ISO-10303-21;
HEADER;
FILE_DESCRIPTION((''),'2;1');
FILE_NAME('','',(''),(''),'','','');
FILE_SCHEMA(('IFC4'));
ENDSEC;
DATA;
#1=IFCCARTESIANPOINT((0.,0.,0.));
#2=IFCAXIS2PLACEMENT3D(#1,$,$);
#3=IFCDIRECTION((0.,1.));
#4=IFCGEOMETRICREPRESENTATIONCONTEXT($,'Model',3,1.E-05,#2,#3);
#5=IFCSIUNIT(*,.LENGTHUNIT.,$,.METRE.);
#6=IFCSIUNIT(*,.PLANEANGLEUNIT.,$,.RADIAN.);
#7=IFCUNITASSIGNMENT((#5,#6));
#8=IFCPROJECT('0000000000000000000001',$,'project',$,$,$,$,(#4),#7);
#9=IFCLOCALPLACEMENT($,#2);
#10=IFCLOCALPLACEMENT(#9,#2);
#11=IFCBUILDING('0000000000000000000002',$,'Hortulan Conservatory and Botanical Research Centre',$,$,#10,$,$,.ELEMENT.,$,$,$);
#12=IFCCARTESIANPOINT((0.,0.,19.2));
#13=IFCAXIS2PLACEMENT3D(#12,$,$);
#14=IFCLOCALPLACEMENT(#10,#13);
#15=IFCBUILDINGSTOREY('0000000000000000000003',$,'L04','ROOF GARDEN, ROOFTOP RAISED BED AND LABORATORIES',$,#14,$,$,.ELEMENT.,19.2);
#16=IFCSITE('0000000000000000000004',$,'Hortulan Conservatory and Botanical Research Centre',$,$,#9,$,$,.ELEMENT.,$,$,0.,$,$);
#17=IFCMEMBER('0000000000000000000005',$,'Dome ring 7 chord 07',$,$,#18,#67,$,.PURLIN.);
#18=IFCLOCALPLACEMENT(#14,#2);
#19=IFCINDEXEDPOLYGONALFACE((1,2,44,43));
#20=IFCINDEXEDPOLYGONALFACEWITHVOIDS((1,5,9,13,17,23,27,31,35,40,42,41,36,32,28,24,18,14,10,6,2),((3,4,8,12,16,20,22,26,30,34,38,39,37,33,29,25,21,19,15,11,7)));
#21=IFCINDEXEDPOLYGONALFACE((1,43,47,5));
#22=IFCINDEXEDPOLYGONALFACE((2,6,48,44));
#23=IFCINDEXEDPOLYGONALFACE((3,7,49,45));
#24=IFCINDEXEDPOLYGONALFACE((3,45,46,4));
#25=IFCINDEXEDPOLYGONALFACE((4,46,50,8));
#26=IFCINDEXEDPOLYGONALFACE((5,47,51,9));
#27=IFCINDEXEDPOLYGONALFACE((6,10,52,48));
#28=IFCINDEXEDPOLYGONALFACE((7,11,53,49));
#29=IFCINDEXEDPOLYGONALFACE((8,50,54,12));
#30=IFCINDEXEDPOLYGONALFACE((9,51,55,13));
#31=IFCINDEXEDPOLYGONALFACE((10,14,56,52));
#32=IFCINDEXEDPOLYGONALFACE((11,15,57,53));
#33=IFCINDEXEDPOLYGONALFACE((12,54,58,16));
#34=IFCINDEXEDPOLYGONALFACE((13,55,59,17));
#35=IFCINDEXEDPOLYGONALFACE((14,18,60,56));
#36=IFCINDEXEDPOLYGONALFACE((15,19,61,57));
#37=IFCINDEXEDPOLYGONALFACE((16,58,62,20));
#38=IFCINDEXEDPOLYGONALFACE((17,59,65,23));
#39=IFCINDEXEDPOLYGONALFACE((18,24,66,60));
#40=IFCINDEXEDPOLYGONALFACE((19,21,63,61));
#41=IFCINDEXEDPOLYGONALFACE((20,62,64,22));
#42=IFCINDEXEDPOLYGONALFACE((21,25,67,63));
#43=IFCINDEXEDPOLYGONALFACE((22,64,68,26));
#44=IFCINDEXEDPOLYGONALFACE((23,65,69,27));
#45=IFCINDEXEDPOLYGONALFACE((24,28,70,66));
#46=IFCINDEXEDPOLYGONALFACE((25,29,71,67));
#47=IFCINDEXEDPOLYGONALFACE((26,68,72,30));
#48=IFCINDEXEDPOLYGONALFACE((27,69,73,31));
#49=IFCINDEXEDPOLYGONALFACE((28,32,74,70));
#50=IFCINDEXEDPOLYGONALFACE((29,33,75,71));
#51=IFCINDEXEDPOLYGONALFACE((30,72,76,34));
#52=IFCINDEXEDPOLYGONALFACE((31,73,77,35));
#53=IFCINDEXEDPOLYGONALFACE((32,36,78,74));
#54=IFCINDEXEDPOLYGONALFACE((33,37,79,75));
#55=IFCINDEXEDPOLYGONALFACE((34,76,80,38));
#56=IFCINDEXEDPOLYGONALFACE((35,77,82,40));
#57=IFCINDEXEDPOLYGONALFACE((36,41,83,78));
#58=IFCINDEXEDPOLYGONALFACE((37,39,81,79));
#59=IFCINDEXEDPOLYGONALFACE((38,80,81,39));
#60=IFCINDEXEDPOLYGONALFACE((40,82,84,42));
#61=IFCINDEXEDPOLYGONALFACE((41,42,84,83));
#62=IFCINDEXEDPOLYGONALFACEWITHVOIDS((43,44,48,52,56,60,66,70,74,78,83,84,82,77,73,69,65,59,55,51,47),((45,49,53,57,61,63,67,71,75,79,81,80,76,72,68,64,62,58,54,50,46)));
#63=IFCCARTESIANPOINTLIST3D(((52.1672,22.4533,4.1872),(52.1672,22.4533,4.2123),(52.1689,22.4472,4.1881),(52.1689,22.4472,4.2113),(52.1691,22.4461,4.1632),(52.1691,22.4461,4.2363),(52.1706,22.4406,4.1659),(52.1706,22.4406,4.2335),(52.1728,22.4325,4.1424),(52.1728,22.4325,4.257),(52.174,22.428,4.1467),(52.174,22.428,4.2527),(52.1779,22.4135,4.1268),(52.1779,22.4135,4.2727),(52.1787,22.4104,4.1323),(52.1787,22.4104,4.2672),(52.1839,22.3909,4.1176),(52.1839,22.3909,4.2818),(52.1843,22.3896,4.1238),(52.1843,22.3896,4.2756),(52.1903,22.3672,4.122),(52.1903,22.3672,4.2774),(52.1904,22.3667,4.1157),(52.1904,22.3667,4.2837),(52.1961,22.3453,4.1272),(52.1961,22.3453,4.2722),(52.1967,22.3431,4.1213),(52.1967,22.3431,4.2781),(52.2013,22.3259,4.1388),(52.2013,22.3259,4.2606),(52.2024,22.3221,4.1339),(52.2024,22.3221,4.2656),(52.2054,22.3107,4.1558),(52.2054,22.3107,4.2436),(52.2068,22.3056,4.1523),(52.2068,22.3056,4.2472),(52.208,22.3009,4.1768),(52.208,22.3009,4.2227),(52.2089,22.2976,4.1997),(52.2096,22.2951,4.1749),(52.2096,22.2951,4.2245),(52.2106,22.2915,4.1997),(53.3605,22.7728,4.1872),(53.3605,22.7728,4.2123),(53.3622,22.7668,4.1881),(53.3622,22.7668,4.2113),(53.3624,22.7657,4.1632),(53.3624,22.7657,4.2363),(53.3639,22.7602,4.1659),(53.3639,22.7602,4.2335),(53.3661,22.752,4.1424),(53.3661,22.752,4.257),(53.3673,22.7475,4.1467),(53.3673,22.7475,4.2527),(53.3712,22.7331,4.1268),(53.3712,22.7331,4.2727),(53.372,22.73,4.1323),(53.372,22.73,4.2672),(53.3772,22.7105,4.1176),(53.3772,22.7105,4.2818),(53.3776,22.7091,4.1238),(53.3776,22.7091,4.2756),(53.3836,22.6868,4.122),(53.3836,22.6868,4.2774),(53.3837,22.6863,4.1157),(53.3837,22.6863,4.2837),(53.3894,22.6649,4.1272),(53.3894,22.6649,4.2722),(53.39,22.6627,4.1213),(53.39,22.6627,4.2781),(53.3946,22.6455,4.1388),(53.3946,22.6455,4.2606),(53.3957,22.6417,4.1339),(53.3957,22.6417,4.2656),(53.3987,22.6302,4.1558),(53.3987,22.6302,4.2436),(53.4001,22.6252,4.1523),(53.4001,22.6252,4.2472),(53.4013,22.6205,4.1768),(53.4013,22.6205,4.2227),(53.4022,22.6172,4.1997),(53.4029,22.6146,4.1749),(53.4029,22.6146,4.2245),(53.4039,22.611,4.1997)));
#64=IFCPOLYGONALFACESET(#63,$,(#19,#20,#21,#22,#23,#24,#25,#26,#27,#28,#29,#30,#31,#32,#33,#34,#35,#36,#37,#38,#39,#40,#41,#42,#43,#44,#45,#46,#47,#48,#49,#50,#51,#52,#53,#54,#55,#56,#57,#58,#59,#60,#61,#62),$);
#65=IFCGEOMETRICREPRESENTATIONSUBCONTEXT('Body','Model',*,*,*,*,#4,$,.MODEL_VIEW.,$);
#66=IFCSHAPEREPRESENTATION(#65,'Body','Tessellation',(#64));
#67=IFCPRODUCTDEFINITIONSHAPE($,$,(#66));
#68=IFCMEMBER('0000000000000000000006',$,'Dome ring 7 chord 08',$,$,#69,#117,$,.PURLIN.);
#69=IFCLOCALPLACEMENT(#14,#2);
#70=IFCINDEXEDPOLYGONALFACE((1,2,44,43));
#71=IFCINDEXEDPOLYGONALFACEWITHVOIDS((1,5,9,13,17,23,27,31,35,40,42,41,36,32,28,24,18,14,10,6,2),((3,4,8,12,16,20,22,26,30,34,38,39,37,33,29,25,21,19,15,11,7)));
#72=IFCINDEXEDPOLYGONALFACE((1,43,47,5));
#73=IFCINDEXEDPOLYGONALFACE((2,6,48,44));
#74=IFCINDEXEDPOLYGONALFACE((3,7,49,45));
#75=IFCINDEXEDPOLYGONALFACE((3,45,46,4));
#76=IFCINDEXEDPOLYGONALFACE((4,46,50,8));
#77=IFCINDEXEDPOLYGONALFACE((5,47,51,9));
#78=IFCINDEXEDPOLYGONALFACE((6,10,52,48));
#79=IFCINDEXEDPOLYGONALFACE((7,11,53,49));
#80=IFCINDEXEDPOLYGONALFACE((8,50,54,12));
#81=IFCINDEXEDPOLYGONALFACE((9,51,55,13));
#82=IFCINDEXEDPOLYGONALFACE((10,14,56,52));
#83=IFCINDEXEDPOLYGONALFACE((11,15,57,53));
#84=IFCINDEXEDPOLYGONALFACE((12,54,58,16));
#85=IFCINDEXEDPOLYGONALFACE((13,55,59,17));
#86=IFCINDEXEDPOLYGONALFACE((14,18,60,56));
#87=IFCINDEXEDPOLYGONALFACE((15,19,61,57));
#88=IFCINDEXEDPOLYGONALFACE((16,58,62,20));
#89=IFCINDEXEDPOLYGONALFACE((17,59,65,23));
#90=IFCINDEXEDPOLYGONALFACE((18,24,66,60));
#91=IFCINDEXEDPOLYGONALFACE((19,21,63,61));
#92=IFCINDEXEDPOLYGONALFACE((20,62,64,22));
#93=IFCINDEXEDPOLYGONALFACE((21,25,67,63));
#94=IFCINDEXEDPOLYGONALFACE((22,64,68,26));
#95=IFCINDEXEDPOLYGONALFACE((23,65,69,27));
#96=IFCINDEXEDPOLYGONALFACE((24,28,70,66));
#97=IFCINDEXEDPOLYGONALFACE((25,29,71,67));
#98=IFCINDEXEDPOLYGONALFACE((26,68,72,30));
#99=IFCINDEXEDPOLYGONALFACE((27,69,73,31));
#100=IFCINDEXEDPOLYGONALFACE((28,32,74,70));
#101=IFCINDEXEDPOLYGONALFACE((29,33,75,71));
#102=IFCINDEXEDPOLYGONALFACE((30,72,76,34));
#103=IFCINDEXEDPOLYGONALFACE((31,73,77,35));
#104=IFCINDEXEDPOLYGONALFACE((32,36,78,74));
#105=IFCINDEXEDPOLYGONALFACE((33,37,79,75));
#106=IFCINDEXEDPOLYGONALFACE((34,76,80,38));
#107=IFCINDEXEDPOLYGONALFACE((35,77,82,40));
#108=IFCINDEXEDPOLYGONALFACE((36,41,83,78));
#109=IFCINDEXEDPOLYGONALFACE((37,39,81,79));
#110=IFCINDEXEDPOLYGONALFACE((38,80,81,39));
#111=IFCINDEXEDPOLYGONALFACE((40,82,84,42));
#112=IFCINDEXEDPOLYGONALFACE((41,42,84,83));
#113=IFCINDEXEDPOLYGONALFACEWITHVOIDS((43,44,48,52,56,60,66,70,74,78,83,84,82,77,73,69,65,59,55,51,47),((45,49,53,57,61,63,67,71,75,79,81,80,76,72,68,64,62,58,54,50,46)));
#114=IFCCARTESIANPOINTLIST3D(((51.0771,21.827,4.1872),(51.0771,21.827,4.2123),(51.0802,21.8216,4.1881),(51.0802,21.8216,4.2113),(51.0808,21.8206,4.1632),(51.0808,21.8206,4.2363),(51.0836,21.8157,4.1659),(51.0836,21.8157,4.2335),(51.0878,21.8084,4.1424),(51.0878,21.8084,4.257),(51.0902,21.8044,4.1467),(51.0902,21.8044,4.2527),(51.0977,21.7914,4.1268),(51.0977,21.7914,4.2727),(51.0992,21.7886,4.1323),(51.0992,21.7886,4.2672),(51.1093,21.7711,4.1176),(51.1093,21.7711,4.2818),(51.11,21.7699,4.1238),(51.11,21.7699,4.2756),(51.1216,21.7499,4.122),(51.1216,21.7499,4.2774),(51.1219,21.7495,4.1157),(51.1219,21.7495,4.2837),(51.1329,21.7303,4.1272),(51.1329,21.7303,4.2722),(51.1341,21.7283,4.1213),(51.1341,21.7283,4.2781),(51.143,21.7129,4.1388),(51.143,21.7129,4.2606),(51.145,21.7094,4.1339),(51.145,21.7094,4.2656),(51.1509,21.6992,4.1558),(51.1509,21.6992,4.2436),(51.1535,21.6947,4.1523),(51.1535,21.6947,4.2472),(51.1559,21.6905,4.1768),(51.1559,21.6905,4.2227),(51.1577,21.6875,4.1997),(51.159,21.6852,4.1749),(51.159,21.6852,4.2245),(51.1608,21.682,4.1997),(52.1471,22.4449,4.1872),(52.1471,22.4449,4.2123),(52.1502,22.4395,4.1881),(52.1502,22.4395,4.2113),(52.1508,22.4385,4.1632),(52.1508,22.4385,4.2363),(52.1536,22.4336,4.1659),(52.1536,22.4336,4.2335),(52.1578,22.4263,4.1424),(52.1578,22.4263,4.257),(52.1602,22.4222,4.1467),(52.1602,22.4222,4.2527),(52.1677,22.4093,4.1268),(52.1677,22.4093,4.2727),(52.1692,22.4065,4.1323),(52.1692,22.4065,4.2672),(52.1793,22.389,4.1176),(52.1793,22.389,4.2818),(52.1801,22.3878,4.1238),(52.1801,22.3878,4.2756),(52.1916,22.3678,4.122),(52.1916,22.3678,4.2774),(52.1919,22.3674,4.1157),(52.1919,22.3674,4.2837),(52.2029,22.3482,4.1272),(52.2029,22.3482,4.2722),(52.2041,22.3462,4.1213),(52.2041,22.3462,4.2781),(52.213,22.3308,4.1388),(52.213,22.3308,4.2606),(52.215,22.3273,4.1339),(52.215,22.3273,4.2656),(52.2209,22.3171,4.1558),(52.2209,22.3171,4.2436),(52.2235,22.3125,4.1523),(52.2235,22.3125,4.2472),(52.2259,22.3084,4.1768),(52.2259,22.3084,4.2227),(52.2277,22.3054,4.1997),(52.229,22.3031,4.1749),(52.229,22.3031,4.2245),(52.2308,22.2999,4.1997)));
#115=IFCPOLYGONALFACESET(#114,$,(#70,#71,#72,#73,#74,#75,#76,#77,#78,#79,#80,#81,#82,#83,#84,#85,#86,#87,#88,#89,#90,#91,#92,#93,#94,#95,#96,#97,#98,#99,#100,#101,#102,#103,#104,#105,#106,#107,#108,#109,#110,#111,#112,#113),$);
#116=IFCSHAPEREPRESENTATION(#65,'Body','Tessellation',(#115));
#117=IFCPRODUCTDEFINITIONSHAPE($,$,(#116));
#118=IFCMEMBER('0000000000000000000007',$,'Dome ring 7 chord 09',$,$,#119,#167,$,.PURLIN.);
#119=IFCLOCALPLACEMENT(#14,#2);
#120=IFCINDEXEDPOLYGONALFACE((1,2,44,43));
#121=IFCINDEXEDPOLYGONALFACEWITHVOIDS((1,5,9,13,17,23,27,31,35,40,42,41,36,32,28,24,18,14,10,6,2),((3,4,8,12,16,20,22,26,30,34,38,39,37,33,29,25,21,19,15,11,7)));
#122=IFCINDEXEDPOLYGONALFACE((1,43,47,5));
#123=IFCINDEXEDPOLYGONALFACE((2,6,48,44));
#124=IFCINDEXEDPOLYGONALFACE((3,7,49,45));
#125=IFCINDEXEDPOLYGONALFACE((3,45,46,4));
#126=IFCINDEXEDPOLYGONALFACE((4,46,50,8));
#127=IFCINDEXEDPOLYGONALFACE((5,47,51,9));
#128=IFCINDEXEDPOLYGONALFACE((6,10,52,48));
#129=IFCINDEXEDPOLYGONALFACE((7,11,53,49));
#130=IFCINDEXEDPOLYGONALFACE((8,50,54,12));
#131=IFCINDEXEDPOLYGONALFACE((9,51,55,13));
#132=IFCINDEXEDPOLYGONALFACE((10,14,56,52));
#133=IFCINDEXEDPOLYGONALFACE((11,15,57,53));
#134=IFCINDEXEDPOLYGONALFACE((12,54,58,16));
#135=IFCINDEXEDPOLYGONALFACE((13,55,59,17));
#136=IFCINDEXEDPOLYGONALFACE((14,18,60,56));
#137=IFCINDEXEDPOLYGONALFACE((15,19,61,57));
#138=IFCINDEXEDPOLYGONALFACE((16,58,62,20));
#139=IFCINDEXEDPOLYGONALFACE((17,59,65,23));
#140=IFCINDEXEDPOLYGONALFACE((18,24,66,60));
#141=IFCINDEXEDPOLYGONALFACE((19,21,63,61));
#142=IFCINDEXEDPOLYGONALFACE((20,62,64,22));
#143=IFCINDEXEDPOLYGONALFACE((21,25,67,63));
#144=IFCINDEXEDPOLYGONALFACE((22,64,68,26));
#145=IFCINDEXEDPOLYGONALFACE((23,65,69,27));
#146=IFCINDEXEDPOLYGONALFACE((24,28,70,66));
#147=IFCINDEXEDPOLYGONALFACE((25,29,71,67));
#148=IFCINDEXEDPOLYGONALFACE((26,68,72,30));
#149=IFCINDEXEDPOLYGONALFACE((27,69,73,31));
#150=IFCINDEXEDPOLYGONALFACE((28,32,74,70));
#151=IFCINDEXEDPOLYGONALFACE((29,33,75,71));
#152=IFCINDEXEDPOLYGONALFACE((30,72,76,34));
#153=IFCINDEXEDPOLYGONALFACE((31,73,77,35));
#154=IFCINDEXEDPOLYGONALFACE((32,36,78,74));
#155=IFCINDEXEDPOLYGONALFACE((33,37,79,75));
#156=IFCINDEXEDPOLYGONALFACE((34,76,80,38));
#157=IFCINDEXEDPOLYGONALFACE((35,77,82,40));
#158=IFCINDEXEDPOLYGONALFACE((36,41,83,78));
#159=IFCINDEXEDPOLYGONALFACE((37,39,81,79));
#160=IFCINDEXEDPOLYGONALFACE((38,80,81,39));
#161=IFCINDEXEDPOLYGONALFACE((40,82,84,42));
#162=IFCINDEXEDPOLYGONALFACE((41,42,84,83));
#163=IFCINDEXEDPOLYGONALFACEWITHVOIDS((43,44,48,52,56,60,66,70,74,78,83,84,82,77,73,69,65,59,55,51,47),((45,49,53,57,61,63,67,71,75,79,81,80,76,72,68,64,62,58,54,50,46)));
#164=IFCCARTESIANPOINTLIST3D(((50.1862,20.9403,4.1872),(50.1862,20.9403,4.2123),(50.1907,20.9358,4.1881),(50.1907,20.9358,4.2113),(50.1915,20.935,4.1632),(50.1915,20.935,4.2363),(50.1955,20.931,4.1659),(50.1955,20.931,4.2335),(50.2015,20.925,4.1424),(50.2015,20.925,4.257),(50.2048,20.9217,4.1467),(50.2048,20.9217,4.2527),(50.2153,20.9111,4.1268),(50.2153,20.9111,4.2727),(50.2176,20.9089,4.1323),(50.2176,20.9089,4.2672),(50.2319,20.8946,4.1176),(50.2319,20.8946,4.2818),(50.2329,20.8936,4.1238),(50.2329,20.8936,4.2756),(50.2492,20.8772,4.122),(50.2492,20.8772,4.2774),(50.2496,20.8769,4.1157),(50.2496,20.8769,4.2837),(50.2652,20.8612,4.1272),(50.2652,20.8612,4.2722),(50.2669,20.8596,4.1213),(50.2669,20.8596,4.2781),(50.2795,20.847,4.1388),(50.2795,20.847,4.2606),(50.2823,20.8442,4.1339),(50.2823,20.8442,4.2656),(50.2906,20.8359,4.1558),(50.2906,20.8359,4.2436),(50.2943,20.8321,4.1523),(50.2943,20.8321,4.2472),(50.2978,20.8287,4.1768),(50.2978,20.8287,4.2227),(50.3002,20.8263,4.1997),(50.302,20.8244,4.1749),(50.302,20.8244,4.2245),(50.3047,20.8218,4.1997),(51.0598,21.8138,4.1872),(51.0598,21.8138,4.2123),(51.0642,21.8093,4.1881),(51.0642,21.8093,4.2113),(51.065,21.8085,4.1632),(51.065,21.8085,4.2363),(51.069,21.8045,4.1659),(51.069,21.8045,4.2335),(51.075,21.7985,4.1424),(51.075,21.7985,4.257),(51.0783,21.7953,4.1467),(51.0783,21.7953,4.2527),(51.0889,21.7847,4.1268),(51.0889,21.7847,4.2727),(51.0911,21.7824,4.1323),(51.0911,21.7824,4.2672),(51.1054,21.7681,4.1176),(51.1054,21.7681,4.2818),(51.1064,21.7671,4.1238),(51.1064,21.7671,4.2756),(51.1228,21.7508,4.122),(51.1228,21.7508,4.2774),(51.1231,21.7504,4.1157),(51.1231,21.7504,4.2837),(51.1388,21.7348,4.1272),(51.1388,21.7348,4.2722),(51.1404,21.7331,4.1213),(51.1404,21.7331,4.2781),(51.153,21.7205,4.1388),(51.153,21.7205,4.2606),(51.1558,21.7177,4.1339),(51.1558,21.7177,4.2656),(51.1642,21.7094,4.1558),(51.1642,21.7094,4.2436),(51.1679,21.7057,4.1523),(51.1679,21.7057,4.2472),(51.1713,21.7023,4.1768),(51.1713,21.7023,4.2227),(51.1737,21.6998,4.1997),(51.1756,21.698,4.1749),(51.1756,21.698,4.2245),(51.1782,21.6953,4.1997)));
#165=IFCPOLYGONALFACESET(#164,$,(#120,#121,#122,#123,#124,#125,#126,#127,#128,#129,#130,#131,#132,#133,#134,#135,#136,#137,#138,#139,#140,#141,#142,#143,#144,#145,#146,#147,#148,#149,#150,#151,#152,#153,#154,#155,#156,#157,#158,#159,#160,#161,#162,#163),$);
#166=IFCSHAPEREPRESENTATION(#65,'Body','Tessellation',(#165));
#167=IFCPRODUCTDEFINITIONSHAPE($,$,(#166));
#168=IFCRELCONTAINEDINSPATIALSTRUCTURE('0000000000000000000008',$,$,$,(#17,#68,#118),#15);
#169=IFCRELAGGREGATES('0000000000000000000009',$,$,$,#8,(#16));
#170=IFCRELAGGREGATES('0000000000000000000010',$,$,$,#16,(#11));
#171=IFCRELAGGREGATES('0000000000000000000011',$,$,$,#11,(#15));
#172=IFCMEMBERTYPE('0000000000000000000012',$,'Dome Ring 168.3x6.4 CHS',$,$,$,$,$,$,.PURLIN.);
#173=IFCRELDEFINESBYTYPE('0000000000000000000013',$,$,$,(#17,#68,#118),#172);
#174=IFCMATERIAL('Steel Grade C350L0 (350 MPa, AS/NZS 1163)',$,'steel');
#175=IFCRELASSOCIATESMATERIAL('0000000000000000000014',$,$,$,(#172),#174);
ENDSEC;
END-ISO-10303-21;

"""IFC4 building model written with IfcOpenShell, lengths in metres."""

from ifc_helpers import new_model, si_unit, direction, frame, origin, origin_2d, place, context, subcontext, project, spatial, hollow_circle, extrude, material, material_profile, profile_set, type_object, element, save


model = new_model("IFC4")

# Units and contexts
model_context = context("Model", 3, precision=1e-05, world=origin(), true_north=direction((0.0, 1.0)))
body_context = subcontext(model_context, "Body", "Model", "MODEL_VIEW")
ifc_project = project(units=[si_unit("LENGTHUNIT", "METRE"), si_unit("PLANEANGLEUNIT", "RADIAN")], contexts=[model_context])

# Site, building, storey
site_placement = place(None, origin())
site = spatial("IfcSite", under=ifc_project, at=site_placement, Name="Hortulan Conservatory and Botanical Research Centre", CompositionType="ELEMENT", RefElevation=0.0)
building_placement = place(site_placement, origin())
building = spatial("IfcBuilding", under=site, at=building_placement, Name="Hortulan Conservatory and Botanical Research Centre", CompositionType="ELEMENT")
storey_placement = place(building_placement, frame((0.0, 0.0, 19.2)))
storey = spatial("IfcBuildingStorey", under=building, at=storey_placement, Name="L04", Description="ROOF GARDEN, ROOFTOP RAISED BED AND LABORATORIES", CompositionType="ELEMENT", Elevation=19.2)

# Shared definitions
ifc_material_1 = material(Name="Steel Grade C350L0 (350 MPa, AS/NZS 1163)", Category="steel")

# Members
ifc_material_profile_1 = material_profile(ifc_material_1, hollow_circle(Radius=0.0842, WallThickness=0.0063, at=origin_2d()), Name="168.3x6.4CHS")
ifc_profile_set_1 = profile_set([ifc_material_profile_1], Name="Steel Grade C350L0 (350 MPa, AS/NZS 1163)")
member_type_1 = type_object("IfcMemberType", Name="Dome Ring 168.3x6.4 CHS", PredefinedType="PURLIN", material=ifc_profile_set_1)
member_1_placement = place(storey_placement, frame((53.3821, 22.6924, 4.1997), z_axis=(-0.965962, -0.258683, 0.0), x_axis=(0.258683, -0.965962, 0.0)))
element("IfcMember", 1, at=member_1_placement, inside=storey, type_object=member_type_1, Name="Dome ring 7 chord 07", PredefinedType="PURLIN", context=body_context, shape_type="SweptSolid", body=[
    extrude(hollow_circle(Radius=0.0842, WallThickness=0.0063, at=origin_2d()), origin(), (0.0, 0.0, 1.0), 1.2354),
])
member_2_placement = place(storey_placement, frame((52.1887, 22.3728, 4.1997), z_axis=(-0.865985, -0.50007, 0.0), x_axis=(0.50007, -0.865985, 0.0)))
element("IfcMember", 2, at=member_2_placement, inside=storey, type_object=member_type_1, Name="Dome ring 7 chord 08", PredefinedType="PURLIN", context=body_context, shape_type="SweptSolid", body=[
    extrude(hollow_circle(Radius=0.0842, WallThickness=0.0063, at=origin_2d()), origin(), (0.0, 0.0, 1.0), 1.2356),
])
member_3_placement = place(storey_placement, frame((51.1187, 21.7549, 4.1997), z_axis=(-0.707107, -0.707107, 0.0), x_axis=(0.707107, -0.707107, 0.0)))
element("IfcMember", 3, at=member_3_placement, inside=storey, type_object=member_type_1, Name="Dome ring 7 chord 09", PredefinedType="PURLIN", context=body_context, shape_type="SweptSolid", body=[
    extrude(hollow_circle(Radius=0.0842, WallThickness=0.0063, at=origin_2d()), origin(), (0.0, 0.0, 1.0), 1.2354),
])

save(model, "model.ifc")
